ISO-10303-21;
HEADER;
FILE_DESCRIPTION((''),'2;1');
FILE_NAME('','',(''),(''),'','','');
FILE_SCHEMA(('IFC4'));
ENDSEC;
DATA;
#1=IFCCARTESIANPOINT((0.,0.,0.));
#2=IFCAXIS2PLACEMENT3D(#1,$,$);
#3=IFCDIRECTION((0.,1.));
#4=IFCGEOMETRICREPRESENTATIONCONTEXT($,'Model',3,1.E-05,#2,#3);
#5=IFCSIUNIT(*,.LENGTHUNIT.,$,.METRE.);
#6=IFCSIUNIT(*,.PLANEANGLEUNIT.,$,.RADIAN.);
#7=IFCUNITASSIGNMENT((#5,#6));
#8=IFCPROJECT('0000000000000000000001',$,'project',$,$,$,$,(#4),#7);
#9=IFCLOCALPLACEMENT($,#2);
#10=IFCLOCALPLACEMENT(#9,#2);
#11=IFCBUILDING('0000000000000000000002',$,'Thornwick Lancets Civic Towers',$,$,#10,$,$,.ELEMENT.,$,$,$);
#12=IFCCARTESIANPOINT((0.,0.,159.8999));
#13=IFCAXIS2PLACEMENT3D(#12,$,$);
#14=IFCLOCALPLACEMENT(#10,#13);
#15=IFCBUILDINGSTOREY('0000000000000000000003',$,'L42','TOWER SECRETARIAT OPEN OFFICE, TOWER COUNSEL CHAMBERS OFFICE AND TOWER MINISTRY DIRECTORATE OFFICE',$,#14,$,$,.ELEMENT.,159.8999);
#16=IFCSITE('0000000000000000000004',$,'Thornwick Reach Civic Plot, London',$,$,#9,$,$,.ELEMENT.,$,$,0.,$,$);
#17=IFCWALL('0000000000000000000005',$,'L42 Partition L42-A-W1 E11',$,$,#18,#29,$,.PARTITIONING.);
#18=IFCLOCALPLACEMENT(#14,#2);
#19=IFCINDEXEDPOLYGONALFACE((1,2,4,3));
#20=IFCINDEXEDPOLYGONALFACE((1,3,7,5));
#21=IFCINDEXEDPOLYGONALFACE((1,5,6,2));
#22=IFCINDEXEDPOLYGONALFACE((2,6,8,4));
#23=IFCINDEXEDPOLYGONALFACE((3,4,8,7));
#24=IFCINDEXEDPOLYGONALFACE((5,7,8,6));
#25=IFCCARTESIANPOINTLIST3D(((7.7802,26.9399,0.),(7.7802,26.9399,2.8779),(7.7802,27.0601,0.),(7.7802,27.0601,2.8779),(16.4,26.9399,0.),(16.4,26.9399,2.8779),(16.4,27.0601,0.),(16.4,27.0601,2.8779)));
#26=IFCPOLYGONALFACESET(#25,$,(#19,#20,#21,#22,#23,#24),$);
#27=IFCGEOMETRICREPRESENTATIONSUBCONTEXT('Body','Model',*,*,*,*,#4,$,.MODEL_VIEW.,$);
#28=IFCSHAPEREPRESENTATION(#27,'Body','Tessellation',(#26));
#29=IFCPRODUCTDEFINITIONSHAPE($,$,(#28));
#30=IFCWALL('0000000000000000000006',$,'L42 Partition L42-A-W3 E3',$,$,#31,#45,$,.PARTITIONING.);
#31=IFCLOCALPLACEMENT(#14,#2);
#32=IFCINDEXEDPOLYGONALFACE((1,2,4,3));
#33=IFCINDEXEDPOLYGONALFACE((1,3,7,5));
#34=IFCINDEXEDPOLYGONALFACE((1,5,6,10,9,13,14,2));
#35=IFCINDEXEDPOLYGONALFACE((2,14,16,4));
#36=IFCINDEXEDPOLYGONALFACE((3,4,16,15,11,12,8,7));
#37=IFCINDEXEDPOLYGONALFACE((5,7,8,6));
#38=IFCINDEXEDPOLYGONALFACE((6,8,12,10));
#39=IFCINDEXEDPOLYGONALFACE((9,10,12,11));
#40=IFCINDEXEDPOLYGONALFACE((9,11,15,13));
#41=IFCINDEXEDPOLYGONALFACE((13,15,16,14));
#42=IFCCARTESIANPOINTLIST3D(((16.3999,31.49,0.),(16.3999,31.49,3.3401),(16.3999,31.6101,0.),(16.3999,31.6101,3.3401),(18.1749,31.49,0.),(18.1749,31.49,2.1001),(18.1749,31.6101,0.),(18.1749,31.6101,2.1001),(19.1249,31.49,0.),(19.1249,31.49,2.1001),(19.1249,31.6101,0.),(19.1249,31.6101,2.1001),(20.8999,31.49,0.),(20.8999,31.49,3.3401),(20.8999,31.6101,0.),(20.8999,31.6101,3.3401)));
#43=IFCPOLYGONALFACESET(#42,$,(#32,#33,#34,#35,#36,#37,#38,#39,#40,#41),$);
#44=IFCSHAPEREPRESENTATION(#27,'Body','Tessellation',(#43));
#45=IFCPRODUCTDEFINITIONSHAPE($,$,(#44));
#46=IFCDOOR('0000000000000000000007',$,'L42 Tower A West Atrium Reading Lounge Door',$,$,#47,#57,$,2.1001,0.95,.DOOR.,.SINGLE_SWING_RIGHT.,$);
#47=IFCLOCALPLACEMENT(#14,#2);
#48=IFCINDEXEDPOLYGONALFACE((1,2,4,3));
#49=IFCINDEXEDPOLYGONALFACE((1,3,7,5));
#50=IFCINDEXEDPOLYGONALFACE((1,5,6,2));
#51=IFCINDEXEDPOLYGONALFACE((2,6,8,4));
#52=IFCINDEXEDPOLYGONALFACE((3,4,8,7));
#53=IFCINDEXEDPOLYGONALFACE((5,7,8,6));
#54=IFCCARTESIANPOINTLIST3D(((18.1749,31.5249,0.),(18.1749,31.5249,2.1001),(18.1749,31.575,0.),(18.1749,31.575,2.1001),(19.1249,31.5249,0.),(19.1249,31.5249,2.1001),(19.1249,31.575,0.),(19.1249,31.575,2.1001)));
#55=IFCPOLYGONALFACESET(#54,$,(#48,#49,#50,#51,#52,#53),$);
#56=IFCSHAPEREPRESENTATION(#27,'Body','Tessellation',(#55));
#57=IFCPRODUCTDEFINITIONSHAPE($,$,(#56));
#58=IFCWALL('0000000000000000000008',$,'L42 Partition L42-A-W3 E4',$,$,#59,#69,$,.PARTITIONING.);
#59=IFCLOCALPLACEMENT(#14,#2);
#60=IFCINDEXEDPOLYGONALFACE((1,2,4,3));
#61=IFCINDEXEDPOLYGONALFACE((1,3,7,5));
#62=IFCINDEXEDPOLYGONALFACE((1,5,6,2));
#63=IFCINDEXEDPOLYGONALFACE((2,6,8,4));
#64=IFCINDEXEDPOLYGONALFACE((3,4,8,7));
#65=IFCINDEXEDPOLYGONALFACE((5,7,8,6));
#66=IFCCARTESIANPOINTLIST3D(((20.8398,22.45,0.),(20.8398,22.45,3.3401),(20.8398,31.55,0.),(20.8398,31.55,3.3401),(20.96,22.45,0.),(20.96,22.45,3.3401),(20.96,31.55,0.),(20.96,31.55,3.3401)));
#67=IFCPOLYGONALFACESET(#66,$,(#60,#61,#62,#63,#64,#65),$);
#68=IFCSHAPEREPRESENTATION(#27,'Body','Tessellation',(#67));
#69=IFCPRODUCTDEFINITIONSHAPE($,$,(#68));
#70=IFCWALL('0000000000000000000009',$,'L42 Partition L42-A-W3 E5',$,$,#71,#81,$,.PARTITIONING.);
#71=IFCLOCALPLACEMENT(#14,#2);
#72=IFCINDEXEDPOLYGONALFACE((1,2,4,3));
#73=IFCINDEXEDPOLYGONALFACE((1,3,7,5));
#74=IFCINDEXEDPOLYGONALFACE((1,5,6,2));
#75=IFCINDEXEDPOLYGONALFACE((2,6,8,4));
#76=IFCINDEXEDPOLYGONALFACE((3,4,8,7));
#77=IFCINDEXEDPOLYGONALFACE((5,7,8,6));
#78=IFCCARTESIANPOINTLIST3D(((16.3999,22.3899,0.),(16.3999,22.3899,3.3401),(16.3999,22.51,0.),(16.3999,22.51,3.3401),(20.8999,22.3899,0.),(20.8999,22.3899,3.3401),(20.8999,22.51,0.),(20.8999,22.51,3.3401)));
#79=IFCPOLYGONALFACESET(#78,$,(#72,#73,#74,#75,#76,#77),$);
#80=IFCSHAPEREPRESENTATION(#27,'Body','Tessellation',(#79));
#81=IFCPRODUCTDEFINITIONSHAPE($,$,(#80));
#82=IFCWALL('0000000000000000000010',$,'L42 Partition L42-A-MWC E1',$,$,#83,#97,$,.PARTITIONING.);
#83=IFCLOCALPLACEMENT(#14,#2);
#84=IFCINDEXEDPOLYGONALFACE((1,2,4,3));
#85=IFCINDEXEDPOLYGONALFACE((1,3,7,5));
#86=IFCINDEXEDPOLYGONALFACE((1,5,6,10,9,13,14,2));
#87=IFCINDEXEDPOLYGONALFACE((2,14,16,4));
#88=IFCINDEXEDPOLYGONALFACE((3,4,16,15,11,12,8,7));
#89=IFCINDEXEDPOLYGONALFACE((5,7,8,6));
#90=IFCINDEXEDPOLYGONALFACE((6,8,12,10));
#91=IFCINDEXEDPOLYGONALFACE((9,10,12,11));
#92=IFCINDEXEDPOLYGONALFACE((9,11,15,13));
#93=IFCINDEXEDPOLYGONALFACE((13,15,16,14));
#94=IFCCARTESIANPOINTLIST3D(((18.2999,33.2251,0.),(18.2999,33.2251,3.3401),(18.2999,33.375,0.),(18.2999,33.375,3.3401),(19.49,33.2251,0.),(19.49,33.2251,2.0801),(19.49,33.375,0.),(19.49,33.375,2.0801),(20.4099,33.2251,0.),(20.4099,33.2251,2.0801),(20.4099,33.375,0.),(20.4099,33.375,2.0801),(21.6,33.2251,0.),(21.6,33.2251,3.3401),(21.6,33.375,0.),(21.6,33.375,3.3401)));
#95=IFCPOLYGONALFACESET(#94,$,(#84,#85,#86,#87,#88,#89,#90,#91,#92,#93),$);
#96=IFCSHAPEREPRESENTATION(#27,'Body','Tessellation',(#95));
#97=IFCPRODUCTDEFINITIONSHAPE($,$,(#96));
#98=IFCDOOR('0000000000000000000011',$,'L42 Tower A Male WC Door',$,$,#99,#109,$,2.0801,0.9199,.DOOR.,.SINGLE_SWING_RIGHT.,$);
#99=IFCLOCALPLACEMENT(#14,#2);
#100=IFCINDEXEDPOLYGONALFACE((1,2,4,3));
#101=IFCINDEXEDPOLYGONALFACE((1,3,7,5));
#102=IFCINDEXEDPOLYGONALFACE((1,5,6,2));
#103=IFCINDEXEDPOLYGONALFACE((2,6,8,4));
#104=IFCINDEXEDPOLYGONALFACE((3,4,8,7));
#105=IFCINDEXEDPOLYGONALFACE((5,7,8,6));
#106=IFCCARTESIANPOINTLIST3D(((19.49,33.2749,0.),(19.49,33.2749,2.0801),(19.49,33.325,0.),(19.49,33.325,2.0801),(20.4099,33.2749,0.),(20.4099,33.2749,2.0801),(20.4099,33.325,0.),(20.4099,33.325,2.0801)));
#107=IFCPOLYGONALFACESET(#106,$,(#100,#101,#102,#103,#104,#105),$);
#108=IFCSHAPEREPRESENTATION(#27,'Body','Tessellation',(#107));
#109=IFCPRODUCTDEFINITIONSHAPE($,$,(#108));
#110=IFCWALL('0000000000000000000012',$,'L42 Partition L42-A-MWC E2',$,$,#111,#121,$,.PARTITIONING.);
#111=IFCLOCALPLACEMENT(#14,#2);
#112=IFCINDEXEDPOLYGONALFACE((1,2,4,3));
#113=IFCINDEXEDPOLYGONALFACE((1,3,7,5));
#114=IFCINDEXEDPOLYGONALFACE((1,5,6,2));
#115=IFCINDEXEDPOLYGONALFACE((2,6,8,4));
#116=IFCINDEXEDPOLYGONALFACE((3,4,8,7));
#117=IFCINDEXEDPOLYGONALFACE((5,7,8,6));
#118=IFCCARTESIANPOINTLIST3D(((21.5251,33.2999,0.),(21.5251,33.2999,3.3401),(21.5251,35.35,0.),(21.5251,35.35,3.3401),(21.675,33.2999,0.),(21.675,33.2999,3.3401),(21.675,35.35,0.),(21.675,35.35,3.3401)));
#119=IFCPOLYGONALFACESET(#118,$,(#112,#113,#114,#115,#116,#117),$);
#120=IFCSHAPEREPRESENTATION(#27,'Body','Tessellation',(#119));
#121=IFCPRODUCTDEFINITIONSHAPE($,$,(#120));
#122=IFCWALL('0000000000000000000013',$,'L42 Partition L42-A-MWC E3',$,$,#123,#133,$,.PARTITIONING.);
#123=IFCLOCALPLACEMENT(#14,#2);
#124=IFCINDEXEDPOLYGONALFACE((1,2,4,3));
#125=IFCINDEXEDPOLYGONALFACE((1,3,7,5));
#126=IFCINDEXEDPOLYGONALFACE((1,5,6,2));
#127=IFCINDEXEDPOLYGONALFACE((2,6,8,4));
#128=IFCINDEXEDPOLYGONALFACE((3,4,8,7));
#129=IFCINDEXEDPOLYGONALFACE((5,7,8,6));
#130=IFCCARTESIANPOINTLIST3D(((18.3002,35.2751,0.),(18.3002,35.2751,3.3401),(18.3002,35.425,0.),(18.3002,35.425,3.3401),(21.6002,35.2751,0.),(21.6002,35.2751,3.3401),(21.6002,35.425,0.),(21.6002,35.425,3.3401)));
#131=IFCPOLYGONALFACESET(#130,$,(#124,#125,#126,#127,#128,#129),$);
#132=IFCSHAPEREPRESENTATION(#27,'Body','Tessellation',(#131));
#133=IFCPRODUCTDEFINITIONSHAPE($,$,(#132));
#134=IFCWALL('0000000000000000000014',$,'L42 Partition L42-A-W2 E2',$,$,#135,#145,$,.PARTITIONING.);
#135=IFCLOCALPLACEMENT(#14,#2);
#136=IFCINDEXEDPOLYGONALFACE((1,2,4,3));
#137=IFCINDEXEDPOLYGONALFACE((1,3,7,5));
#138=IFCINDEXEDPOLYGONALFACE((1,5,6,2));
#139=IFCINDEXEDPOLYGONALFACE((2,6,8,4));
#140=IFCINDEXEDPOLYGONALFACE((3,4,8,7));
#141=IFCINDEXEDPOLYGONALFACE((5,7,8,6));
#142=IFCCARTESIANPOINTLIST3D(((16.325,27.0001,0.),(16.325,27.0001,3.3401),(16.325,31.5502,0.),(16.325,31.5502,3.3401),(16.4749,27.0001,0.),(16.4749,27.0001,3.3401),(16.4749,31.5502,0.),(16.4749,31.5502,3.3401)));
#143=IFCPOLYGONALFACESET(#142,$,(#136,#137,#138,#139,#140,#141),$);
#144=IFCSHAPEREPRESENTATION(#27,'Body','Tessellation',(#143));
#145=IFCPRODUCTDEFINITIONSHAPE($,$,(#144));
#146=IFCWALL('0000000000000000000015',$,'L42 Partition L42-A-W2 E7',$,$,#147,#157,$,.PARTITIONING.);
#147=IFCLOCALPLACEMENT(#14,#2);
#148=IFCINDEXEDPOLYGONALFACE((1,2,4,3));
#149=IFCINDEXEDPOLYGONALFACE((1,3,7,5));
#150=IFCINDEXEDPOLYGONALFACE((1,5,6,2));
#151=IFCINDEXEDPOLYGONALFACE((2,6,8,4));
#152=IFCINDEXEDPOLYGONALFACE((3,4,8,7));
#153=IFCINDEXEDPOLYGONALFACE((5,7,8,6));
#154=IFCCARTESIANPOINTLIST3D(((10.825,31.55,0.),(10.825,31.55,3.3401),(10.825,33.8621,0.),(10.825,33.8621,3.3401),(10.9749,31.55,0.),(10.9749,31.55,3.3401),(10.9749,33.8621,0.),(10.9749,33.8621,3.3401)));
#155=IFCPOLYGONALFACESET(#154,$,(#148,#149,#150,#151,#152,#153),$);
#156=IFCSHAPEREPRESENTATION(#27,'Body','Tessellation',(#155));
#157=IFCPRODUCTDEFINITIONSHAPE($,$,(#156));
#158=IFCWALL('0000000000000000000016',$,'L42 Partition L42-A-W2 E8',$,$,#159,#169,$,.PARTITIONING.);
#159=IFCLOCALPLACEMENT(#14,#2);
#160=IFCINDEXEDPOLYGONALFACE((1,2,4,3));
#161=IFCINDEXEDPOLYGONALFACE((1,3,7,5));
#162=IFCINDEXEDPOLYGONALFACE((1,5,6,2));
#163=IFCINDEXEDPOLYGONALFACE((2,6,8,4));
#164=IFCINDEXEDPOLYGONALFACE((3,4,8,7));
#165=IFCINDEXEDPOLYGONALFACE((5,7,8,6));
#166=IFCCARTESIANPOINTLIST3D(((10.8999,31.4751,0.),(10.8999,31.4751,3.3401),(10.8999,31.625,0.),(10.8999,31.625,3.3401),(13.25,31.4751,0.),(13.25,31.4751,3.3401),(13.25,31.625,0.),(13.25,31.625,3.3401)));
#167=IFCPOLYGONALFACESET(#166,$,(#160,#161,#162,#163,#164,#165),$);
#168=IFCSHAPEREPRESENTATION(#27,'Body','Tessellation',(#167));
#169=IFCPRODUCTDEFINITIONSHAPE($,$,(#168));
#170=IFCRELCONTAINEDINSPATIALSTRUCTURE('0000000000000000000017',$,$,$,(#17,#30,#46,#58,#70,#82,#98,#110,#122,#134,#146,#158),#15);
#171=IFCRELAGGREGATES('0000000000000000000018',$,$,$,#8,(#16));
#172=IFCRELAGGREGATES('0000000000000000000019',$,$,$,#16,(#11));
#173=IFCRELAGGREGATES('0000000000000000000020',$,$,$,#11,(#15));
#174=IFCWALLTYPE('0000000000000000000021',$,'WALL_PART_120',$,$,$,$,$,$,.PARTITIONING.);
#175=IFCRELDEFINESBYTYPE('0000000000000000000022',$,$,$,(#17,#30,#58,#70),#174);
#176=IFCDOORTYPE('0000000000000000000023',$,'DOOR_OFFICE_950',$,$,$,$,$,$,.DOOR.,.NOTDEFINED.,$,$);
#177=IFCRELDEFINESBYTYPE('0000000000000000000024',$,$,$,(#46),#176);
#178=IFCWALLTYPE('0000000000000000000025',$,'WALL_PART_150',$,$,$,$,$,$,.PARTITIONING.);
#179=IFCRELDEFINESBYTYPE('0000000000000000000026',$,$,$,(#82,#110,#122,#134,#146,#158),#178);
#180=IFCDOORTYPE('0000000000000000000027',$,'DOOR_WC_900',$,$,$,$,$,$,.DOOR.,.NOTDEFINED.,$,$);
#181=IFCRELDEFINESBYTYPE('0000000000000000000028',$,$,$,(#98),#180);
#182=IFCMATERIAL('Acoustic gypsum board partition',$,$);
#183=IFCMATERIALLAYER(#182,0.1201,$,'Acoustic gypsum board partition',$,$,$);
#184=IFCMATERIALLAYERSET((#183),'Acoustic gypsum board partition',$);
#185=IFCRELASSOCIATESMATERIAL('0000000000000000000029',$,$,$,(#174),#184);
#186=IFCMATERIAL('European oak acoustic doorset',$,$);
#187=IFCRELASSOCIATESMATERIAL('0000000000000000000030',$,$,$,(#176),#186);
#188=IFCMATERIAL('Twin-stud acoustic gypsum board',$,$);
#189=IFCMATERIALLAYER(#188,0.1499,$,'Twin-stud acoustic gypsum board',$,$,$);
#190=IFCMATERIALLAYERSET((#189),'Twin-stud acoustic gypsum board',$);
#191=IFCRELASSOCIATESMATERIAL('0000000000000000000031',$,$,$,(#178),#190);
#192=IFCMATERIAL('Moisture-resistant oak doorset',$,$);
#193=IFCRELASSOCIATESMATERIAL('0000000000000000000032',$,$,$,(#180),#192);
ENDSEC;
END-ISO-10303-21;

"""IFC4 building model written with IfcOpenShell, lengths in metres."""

from ifc_helpers import new_model, si_unit, direction, frame, frame_2d, origin, place, context, subcontext, project, spatial, rectangle, extrude, material, layer, layer_set, type_object, element, fill, save


model = new_model("IFC4")

# Units and contexts
model_context = context("Model", 3, precision=1e-05, world=origin(), true_north=direction((0.0, 1.0)))
body_context = subcontext(model_context, "Body", "Model", "MODEL_VIEW")
ifc_project = project(units=[si_unit("LENGTHUNIT", "METRE"), si_unit("PLANEANGLEUNIT", "RADIAN")], contexts=[model_context])

# Site, building, storey
site_placement = place(None, origin())
site = spatial("IfcSite", under=ifc_project, at=site_placement, Name="Thornwick Reach Civic Plot, London", CompositionType="ELEMENT", RefElevation=0.0)
building_placement = place(site_placement, origin())
building = spatial("IfcBuilding", under=site, at=building_placement, Name="Thornwick Lancets Civic Towers", CompositionType="ELEMENT")
storey_placement = place(building_placement, frame((0.0, 0.0, 159.8999)))
storey = spatial("IfcBuildingStorey", under=building, at=storey_placement, Name="L42", Description="TOWER SECRETARIAT OPEN OFFICE, TOWER COUNSEL CHAMBERS OFFICE AND TOWER MINISTRY DIRECTORATE OFFICE", CompositionType="ELEMENT", Elevation=159.8999)

# Shared definitions
ifc_material_1 = material(Name="Acoustic gypsum board partition")
ifc_layer_1 = layer(ifc_material_1, 0.1201, Name="Acoustic gypsum board partition")
ifc_layer_set_1 = layer_set([ifc_layer_1], Name="Acoustic gypsum board partition")
wall_type_1 = type_object("IfcWallType", Name="WALL_PART_120", PredefinedType="PARTITIONING", material=ifc_layer_set_1)

# Wall
wall_1_placement = place(storey_placement, frame((7.78, 27.0, 0.0), z_axis=(0.0, 0.0, 1.0), x_axis=(1.0, 0.0, 0.0)))
element("IfcWall", 1, at=wall_1_placement, inside=storey, type_object=wall_type_1, Name="L42 Partition L42-A-W1 E11", PredefinedType="PARTITIONING", context=body_context, shape_type="SweptSolid", body=[
    extrude(rectangle(XDim=8.6199, YDim=0.1201, at=frame_2d((4.3101, 0.0))), origin(), (0.0, 0.0, 1.0), 2.8779),
])

# Wall, opening, door
wall_2_placement = place(storey_placement, frame((16.3999, 31.55, 0.0), z_axis=(0.0, 0.0, 1.0), x_axis=(1.0, 0.0, 0.0)))
wall_2 = element("IfcWall", 2, at=wall_2_placement, inside=storey, type_object=wall_type_1, Name="L42 Partition L42-A-W3 E3", PredefinedType="PARTITIONING", context=body_context, shape_type="SweptSolid", body=[
    extrude(rectangle(XDim=4.5, YDim=0.1201, at=frame_2d((2.25, 0.0))), origin(), (0.0, 0.0, 1.0), 3.3401),
])
opening_1_placement = place(wall_2_placement, frame((1.7749, 0.0, 0.0)))
opening_1 = element("IfcOpeningElement", 3, at=opening_1_placement, cuts=wall_2, PredefinedType="OPENING", context=body_context, shape_type="SweptSolid", body=[
    extrude(rectangle(XDim=0.95, YDim=2.1001, at=frame_2d((0.4751, 1.05))), frame((0.0, 0.0701, 0.0), z_axis=(0.0, -1.0, 0.0), x_axis=(1.0, 0.0, 0.0)), (0.0, 0.0, 1.0), 0.1401),
])
ifc_material_2 = material(Name="European oak acoustic doorset")
door_type_1 = type_object("IfcDoorType", Name="DOOR_OFFICE_950", OperationType="NOTDEFINED", PredefinedType="DOOR", material=ifc_material_2)
door_1_placement = place(opening_1_placement, origin())
door_1 = element("IfcDoor", 4, at=door_1_placement, inside=storey, type_object=door_type_1, Name="L42 Tower A West Atrium Reading Lounge Door", OperationType="SINGLE_SWING_RIGHT", OverallHeight=2.1001, OverallWidth=0.95, PredefinedType="DOOR", context=body_context, shape_type="SweptSolid", body=[
    extrude(rectangle(XDim=0.95, YDim=2.1001, at=frame_2d((0.4751, 1.05))), frame((0.0, 0.0249, 0.0), z_axis=(0.0, -1.0, 0.0), x_axis=(1.0, 0.0, 0.0)), (0.0, 0.0, 1.0), 0.05),
])
fill(opening_1, door_1)

# Walls
wall_3_placement = place(storey_placement, frame((20.8999, 31.55, 0.0), z_axis=(0.0, 0.0, 1.0), x_axis=(0.0, -1.0, 0.0)))
element("IfcWall", 5, at=wall_3_placement, inside=storey, type_object=wall_type_1, Name="L42 Partition L42-A-W3 E4", PredefinedType="PARTITIONING", context=body_context, shape_type="SweptSolid", body=[
    extrude(rectangle(XDim=9.1001, YDim=0.1201, at=frame_2d((4.55, 0.0))), origin(), (0.0, 0.0, 1.0), 3.3401),
])
wall_4_placement = place(storey_placement, frame((20.8999, 22.45, 0.0), z_axis=(0.0, 0.0, 1.0), x_axis=(-1.0, 0.0, 0.0)))
element("IfcWall", 6, at=wall_4_placement, inside=storey, type_object=wall_type_1, Name="L42 Partition L42-A-W3 E5", PredefinedType="PARTITIONING", context=body_context, shape_type="SweptSolid", body=[
    extrude(rectangle(XDim=4.5, YDim=0.1201, at=frame_2d((2.25, 0.0))), origin(), (0.0, 0.0, 1.0), 3.3401),
])

# Wall, opening, door
ifc_material_3 = material(Name="Twin-stud acoustic gypsum board")
ifc_layer_2 = layer(ifc_material_3, 0.1499, Name="Twin-stud acoustic gypsum board")
ifc_layer_set_2 = layer_set([ifc_layer_2], Name="Twin-stud acoustic gypsum board")
wall_type_2 = type_object("IfcWallType", Name="WALL_PART_150", PredefinedType="PARTITIONING", material=ifc_layer_set_2)
wall_5_placement = place(storey_placement, frame((18.3, 33.3, 0.0), z_axis=(0.0, 0.0, 1.0), x_axis=(1.0, 0.0, 0.0)))
wall_5 = element("IfcWall", 7, at=wall_5_placement, inside=storey, type_object=wall_type_2, Name="L42 Partition L42-A-MWC E1", PredefinedType="PARTITIONING", context=body_context, shape_type="SweptSolid", body=[
    extrude(rectangle(XDim=3.3, YDim=0.1499, at=frame_2d((1.6499, 0.0))), origin(), (0.0, 0.0, 1.0), 3.3401),
])
opening_2_placement = place(wall_5_placement, frame((1.1899, 0.0, 0.0)))
opening_2 = element("IfcOpeningElement", 8, at=opening_2_placement, cuts=wall_5, PredefinedType="OPENING", context=body_context, shape_type="SweptSolid", body=[
    extrude(rectangle(XDim=0.9199, YDim=2.0801, at=frame_2d((0.46, 1.04))), frame((0.0, 0.085, 0.0), z_axis=(0.0, -1.0, 0.0), x_axis=(1.0, 0.0, 0.0)), (0.0, 0.0, 1.0), 0.1699),
])
ifc_material_4 = material(Name="Moisture-resistant oak doorset")
door_type_2 = type_object("IfcDoorType", Name="DOOR_WC_900", OperationType="NOTDEFINED", PredefinedType="DOOR", material=ifc_material_4)
door_2_placement = place(opening_2_placement, origin())
door_2 = element("IfcDoor", 9, at=door_2_placement, inside=storey, type_object=door_type_2, Name="L42 Tower A Male WC Door", OperationType="SINGLE_SWING_RIGHT", OverallHeight=2.0801, OverallWidth=0.9199, PredefinedType="DOOR", context=body_context, shape_type="SweptSolid", body=[
    extrude(rectangle(XDim=0.9199, YDim=2.0801, at=frame_2d((0.46, 1.04))), frame((0.0, 0.0249, 0.0), z_axis=(0.0, -1.0, 0.0), x_axis=(1.0, 0.0, 0.0)), (0.0, 0.0, 1.0), 0.05),
])
fill(opening_2, door_2)

# Walls
wall_6_placement = place(storey_placement, frame((21.6001, 33.3, 0.0), z_axis=(0.0, 0.0, 1.0), x_axis=(0.0, 1.0, 0.0)))
element("IfcWall", 10, at=wall_6_placement, inside=storey, type_object=wall_type_2, Name="L42 Partition L42-A-MWC E2", PredefinedType="PARTITIONING", context=body_context, shape_type="SweptSolid", body=[
    extrude(rectangle(XDim=2.05, YDim=0.1499, at=frame_2d((1.0249, 0.0))), origin(), (0.0, 0.0, 1.0), 3.3401),
])
wall_7_placement = place(storey_placement, frame((21.6001, 35.3501, 0.0), z_axis=(0.0, 0.0, 1.0), x_axis=(-1.0, 0.0, 0.0)))
element("IfcWall", 11, at=wall_7_placement, inside=storey, type_object=wall_type_2, Name="L42 Partition L42-A-MWC E3", PredefinedType="PARTITIONING", context=body_context, shape_type="SweptSolid", body=[
    extrude(rectangle(XDim=3.3, YDim=0.1499, at=frame_2d((1.6499, 0.0))), origin(), (0.0, 0.0, 1.0), 3.3401),
])

# Walls
wall_8_placement = place(storey_placement, frame((16.3999, 31.55, 0.0), z_axis=(0.0, 0.0, 1.0), x_axis=(0.0, -1.0, 0.0)))
element("IfcWall", 12, at=wall_8_placement, inside=storey, type_object=wall_type_2, Name="L42 Partition L42-A-W2 E2", PredefinedType="PARTITIONING", context=body_context, shape_type="SweptSolid", body=[
    extrude(rectangle(XDim=4.55, YDim=0.1499, at=frame_2d((2.2749, 0.0))), origin(), (0.0, 0.0, 1.0), 3.3401),
])
wall_9_placement = place(storey_placement, frame((10.8999, 33.8621, 0.0), z_axis=(0.0, 0.0, 1.0), x_axis=(0.0, -1.0, 0.0)))
element("IfcWall", 13, at=wall_9_placement, inside=storey, type_object=wall_type_2, Name="L42 Partition L42-A-W2 E7", PredefinedType="PARTITIONING", context=body_context, shape_type="SweptSolid", body=[
    extrude(rectangle(XDim=2.312, YDim=0.1499, at=frame_2d((1.156, 0.0))), origin(), (0.0, 0.0, 1.0), 3.3401),
])
wall_10_placement = place(storey_placement, frame((10.8999, 31.55, 0.0), z_axis=(0.0, 0.0, 1.0), x_axis=(1.0, 0.0, 0.0)))
element("IfcWall", 14, at=wall_10_placement, inside=storey, type_object=wall_type_2, Name="L42 Partition L42-A-W2 E8", PredefinedType="PARTITIONING", context=body_context, shape_type="SweptSolid", body=[
    extrude(rectangle(XDim=2.3501, YDim=0.1499, at=frame_2d((1.175, 0.0))), origin(), (0.0, 0.0, 1.0), 3.3401),
])

save(model, "model.ifc")
